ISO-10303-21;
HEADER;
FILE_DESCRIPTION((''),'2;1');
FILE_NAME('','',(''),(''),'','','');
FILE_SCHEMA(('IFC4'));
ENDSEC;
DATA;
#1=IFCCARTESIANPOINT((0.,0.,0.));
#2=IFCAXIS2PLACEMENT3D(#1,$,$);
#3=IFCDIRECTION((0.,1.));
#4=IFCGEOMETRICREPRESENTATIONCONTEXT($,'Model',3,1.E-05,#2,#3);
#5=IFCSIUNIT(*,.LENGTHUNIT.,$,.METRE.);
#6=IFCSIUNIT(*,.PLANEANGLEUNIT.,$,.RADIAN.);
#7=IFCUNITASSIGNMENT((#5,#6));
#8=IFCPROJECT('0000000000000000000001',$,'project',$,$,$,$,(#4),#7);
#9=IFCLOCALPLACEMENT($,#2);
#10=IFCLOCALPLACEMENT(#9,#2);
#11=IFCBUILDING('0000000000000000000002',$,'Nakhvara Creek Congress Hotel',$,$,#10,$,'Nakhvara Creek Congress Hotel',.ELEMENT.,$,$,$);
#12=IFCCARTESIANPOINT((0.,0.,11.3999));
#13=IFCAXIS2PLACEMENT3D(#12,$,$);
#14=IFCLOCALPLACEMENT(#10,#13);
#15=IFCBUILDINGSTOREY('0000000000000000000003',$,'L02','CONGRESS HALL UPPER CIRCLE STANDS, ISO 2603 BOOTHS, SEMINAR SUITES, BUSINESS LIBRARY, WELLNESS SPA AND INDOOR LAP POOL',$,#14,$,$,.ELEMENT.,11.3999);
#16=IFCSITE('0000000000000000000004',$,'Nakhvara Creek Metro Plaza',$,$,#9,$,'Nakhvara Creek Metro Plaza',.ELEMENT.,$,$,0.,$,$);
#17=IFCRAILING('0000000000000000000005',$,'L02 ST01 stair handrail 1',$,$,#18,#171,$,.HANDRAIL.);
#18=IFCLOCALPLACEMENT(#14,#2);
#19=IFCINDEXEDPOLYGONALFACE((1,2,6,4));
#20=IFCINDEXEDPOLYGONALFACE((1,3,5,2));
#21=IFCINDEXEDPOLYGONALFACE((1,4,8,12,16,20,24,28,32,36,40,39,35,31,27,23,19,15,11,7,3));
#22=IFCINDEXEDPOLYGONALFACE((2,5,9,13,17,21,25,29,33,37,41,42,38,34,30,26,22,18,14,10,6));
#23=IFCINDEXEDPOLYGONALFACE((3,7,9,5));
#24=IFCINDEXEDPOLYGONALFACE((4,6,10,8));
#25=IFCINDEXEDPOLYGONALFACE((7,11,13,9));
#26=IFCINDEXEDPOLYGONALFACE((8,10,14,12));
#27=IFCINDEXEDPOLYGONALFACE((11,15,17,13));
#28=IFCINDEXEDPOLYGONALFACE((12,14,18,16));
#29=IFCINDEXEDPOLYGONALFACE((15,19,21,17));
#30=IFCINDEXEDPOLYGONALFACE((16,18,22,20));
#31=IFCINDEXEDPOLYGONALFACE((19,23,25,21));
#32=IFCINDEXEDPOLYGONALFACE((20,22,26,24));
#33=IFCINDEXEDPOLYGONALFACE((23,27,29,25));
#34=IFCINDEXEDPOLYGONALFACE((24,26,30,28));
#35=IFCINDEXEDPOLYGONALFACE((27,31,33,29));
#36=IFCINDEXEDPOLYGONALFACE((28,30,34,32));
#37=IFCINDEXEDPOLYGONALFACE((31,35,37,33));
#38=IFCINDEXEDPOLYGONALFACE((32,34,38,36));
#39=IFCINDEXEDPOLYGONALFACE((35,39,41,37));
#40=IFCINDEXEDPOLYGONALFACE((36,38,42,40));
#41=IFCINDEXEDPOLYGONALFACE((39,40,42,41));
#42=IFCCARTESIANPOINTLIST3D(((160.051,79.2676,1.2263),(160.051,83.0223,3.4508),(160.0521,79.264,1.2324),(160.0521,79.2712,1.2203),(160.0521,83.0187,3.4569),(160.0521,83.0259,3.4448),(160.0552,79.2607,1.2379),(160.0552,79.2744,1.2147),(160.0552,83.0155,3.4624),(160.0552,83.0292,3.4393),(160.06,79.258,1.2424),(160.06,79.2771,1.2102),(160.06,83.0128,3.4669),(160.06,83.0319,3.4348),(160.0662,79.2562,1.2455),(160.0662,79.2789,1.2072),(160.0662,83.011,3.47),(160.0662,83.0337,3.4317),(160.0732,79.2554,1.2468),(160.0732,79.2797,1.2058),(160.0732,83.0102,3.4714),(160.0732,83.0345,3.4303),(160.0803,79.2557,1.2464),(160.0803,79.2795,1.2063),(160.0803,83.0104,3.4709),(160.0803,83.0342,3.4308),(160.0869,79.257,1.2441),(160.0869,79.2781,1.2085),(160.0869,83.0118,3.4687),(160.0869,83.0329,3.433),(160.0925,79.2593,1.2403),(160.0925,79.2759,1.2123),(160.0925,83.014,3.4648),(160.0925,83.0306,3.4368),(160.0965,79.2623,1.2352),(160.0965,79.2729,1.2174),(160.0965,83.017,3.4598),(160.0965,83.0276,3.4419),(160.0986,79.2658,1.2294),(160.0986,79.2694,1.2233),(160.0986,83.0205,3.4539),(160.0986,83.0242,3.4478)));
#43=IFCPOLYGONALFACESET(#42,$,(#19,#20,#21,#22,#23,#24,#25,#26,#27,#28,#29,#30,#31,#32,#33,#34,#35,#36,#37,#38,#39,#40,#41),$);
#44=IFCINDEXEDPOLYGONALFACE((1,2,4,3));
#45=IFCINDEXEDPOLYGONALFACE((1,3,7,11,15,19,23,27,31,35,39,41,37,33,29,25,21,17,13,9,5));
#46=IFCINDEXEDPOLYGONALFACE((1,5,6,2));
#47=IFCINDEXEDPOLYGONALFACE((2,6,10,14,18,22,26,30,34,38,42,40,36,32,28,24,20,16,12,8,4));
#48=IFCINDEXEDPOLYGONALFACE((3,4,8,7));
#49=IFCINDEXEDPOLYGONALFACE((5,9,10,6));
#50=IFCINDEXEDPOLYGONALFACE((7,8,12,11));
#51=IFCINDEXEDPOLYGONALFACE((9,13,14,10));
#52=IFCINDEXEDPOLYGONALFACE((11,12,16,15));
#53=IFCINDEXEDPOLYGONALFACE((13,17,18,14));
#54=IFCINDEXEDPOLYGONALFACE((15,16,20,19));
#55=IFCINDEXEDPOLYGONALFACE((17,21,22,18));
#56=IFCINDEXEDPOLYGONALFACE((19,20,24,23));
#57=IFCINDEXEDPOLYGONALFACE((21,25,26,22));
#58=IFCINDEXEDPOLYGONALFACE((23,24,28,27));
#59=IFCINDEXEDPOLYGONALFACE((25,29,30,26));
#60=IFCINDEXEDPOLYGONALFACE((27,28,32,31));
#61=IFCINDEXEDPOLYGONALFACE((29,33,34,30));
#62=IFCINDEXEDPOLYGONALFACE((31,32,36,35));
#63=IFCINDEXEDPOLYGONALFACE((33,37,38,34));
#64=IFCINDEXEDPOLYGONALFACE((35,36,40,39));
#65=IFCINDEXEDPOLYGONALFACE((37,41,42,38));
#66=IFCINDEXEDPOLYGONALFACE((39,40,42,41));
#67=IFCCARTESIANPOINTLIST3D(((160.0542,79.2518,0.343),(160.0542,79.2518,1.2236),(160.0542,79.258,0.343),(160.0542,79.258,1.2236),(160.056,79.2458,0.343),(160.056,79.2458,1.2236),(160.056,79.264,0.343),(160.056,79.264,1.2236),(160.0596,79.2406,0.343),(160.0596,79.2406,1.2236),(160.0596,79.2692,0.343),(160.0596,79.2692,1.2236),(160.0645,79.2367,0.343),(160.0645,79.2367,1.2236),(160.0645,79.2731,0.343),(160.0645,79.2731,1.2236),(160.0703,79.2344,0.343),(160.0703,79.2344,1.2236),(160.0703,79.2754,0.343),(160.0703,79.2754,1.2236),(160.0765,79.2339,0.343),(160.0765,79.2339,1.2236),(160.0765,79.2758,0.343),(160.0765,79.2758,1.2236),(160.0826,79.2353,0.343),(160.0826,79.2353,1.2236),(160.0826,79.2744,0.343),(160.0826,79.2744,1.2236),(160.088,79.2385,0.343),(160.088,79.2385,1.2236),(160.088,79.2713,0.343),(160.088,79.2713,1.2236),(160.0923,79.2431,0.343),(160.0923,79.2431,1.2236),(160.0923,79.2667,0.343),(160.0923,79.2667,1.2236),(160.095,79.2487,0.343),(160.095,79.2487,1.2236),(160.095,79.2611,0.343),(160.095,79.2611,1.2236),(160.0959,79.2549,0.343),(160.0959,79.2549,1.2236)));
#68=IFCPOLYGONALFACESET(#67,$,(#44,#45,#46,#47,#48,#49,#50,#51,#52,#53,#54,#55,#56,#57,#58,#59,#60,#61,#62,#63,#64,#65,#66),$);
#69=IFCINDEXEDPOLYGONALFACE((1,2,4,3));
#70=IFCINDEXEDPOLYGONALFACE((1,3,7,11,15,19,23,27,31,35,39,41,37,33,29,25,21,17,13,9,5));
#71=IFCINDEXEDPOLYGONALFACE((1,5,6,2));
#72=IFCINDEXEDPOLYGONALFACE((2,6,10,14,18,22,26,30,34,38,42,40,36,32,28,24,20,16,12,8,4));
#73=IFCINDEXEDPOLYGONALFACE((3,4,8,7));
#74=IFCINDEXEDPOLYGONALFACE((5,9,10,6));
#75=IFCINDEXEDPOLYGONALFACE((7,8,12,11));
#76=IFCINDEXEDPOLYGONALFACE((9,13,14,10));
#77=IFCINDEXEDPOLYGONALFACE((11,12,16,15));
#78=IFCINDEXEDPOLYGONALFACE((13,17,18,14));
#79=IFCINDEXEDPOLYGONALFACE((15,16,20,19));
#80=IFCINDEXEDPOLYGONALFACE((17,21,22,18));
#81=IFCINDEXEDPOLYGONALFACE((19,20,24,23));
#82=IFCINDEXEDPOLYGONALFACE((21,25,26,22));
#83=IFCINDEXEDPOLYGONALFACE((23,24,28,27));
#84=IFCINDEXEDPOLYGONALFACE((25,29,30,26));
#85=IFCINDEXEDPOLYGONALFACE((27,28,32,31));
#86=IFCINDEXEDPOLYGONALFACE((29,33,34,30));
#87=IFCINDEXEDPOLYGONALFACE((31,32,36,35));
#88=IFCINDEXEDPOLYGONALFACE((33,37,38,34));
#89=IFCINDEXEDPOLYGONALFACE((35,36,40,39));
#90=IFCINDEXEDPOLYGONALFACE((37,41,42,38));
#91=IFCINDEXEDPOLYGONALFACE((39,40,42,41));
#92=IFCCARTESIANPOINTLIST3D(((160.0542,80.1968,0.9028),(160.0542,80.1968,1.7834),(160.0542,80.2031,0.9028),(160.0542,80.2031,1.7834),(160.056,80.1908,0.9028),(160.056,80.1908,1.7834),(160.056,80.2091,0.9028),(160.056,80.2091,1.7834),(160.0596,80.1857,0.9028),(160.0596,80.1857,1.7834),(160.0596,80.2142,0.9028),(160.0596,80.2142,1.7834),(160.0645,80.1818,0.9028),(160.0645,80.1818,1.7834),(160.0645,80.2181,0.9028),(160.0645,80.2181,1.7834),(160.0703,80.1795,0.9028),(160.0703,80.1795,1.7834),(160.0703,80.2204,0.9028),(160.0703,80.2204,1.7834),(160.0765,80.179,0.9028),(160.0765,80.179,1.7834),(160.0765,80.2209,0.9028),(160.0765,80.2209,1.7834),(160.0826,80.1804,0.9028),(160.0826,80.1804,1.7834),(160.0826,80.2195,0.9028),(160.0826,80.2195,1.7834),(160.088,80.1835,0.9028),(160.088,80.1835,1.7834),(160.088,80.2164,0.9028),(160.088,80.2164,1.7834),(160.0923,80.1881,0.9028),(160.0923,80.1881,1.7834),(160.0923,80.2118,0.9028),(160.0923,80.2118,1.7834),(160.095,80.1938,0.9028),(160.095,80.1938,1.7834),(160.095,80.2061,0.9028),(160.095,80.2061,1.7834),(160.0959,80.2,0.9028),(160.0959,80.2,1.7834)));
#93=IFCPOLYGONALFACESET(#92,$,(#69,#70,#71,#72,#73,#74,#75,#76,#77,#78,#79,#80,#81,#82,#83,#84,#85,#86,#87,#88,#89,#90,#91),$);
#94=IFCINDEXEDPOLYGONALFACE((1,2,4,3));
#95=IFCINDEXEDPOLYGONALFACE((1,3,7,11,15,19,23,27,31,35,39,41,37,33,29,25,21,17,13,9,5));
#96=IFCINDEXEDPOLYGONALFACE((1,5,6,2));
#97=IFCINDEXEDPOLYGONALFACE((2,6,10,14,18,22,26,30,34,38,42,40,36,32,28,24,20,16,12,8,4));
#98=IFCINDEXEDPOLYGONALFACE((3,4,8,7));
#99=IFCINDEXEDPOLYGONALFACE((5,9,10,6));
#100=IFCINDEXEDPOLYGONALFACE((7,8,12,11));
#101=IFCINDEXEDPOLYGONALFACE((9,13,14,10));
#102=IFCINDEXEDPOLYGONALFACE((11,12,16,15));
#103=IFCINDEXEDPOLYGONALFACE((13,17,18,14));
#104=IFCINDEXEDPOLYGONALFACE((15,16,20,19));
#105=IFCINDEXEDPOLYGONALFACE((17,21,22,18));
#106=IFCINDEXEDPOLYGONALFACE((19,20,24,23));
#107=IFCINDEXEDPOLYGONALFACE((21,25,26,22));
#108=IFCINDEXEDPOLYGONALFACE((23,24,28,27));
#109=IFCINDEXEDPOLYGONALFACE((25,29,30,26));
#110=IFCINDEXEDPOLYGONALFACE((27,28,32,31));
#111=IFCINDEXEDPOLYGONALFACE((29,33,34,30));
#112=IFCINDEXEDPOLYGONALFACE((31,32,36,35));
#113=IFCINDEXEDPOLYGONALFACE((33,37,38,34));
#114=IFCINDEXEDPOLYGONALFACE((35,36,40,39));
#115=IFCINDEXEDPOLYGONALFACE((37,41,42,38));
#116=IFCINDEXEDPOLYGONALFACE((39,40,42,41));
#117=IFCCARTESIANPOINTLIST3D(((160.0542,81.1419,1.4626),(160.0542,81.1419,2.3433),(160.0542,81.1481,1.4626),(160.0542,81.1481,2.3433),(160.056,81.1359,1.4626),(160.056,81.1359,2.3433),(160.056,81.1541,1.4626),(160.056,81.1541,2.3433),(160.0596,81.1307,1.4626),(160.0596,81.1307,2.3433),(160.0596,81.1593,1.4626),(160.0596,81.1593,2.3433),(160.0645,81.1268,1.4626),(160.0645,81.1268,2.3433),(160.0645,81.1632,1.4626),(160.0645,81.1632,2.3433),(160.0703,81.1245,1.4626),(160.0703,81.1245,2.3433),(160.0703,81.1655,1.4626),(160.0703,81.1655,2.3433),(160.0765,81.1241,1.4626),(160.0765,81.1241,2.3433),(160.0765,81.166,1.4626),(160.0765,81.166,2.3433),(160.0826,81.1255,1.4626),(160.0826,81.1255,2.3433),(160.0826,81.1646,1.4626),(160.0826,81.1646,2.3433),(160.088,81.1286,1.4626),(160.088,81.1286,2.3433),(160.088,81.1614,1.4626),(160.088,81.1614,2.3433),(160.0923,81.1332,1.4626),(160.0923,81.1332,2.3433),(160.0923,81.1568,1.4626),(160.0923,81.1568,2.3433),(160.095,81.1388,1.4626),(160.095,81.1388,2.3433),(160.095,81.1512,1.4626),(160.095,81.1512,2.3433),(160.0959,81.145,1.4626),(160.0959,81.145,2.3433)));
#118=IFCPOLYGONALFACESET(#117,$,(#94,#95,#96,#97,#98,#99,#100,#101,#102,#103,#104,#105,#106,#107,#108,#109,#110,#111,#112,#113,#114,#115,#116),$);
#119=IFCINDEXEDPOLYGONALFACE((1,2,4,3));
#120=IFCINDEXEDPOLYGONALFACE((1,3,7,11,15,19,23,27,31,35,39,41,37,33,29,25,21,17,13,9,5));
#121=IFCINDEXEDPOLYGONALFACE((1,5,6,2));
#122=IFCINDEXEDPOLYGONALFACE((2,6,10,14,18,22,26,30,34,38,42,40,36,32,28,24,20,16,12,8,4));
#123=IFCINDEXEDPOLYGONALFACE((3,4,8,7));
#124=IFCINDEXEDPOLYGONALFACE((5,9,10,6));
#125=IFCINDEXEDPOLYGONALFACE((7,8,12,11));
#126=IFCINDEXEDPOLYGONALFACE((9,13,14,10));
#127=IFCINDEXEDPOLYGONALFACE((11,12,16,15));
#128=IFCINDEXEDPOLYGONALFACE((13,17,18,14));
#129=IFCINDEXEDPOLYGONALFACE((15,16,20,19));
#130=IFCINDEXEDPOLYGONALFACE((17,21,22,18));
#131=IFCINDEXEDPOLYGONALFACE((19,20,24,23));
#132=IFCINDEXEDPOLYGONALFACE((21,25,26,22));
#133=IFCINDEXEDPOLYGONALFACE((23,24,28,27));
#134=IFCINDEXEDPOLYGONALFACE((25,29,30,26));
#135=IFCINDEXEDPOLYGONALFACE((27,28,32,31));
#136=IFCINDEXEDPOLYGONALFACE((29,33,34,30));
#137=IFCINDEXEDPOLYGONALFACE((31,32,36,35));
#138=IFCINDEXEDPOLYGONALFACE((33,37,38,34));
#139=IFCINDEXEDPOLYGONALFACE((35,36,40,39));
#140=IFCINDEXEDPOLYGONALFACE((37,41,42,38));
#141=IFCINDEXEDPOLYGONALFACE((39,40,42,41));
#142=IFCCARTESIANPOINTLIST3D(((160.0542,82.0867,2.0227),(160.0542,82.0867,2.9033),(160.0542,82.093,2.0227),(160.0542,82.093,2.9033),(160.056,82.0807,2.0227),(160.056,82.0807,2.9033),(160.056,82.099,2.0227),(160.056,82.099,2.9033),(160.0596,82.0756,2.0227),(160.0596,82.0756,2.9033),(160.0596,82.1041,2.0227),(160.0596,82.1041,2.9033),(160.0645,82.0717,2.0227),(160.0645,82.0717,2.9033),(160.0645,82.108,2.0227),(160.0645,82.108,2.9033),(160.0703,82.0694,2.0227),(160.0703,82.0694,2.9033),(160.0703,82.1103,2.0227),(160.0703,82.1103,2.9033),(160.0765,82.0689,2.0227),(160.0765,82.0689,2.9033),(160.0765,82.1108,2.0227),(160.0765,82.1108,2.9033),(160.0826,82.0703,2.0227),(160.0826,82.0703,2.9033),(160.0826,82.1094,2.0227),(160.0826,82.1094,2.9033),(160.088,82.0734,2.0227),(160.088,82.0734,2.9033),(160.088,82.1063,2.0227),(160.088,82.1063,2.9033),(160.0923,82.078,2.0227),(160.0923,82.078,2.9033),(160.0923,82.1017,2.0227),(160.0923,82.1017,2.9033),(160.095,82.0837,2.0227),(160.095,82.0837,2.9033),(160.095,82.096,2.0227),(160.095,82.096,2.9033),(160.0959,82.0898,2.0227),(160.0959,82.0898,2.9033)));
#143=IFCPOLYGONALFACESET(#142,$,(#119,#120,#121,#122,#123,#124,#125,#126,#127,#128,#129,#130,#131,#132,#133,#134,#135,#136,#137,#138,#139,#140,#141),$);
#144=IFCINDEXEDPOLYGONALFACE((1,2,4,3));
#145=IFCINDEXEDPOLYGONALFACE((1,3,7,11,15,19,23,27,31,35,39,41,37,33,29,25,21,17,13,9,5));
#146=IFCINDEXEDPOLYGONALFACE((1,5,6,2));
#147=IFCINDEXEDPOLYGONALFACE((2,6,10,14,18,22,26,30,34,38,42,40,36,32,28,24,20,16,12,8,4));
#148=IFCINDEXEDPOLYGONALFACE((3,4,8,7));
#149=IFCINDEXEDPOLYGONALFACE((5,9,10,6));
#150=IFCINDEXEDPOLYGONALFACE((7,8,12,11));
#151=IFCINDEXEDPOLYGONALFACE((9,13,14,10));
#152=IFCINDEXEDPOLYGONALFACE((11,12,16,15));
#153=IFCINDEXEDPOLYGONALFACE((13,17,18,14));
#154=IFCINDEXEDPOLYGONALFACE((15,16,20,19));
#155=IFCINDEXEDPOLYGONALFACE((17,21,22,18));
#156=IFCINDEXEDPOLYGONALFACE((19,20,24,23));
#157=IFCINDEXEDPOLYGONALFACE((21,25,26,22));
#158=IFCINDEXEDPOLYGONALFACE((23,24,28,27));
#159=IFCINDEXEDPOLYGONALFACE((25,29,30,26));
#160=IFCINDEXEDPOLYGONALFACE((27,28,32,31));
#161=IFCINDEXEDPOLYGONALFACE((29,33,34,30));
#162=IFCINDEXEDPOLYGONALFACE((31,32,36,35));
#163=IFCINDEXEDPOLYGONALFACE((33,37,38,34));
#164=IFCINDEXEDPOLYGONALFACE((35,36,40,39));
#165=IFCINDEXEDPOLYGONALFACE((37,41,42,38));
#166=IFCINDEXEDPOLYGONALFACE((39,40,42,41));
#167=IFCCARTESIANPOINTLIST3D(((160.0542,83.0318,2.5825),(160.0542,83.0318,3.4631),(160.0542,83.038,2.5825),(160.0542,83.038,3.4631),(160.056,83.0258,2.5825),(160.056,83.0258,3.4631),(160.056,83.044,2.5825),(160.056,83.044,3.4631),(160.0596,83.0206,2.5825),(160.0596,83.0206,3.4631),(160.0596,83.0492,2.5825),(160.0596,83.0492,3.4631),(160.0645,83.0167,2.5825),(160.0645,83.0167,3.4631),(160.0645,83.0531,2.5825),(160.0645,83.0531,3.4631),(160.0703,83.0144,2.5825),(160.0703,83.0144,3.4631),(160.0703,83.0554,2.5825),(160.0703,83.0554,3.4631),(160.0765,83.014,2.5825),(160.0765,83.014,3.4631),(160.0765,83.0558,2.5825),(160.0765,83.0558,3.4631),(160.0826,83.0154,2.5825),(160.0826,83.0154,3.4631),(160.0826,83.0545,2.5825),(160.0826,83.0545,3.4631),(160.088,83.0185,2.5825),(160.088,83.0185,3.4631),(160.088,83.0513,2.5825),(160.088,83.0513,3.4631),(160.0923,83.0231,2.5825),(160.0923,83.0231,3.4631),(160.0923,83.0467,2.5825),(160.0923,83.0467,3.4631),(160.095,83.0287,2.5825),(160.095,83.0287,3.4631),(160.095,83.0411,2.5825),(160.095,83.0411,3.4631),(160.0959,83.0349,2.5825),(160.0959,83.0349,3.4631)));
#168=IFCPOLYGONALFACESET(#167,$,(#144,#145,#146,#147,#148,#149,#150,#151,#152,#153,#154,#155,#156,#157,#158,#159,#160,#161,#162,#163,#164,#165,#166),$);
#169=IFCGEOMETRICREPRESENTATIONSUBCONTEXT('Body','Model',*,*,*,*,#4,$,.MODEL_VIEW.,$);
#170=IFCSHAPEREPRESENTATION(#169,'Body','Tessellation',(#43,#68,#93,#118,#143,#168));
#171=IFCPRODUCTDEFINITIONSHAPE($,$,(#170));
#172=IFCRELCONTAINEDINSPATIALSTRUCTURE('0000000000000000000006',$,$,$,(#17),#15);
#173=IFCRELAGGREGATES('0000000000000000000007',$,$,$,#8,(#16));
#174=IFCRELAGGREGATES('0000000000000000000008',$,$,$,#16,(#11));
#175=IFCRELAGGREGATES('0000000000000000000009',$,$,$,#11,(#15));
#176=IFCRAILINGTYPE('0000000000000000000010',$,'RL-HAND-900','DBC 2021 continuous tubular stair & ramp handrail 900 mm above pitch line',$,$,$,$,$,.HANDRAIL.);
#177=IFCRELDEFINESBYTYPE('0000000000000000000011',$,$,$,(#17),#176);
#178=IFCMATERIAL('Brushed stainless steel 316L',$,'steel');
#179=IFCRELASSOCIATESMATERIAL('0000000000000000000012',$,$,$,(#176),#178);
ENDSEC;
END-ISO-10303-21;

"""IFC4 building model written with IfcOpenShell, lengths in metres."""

from ifc_helpers import new_model, si_unit, direction, frame, origin, origin_2d, place, context, subcontext, project, spatial, circle, extrude, material, type_object, element, save


model = new_model("IFC4")

# Units and contexts
model_context = context("Model", 3, precision=1e-05, world=origin(), true_north=direction((0.0, 1.0)))
body_context = subcontext(model_context, "Body", "Model", "MODEL_VIEW")
ifc_project = project(units=[si_unit("LENGTHUNIT", "METRE"), si_unit("PLANEANGLEUNIT", "RADIAN")], contexts=[model_context])

# Site, building, storey
site_placement = place(None, origin())
site = spatial("IfcSite", under=ifc_project, at=site_placement, Name="Nakhvara Creek Metro Plaza", LongName="Nakhvara Creek Metro Plaza", CompositionType="ELEMENT", RefElevation=0.0)
building_placement = place(site_placement, origin())
building = spatial("IfcBuilding", under=site, at=building_placement, Name="Nakhvara Creek Congress Hotel", LongName="Nakhvara Creek Congress Hotel", CompositionType="ELEMENT")
storey_placement = place(building_placement, frame((0.0, 0.0, 11.3999)))
storey = spatial("IfcBuildingStorey", under=building, at=storey_placement, Name="L02", Description="CONGRESS HALL UPPER CIRCLE STANDS, ISO 2603 BOOTHS, SEMINAR SUITES, BUSINESS LIBRARY, WELLNESS SPA AND INDOOR LAP POOL", CompositionType="ELEMENT", Elevation=11.3999)

# Railing
ifc_material_1 = material(Name="Brushed stainless steel 316L", Category="steel")
railing_type_1 = type_object("IfcRailingType", Name="RL-HAND-900", Description="DBC 2021 continuous tubular stair & ramp handrail 900 mm above pitch line", PredefinedType="HANDRAIL", material=ifc_material_1)
railing_1_placement = place(storey_placement, frame((160.075, 79.2549, 0.343)))
element("IfcRailing", 1, at=railing_1_placement, inside=storey, type_object=railing_type_1, Name="L02 ST01 stair handrail 1", PredefinedType="HANDRAIL", context=body_context, shape_type="SweptSolid", body=[
    extrude(circle(Radius=0.0239, at=origin_2d()), frame((0.0, 0.0127, 0.8833), z_axis=(0.0, 0.860343, 0.509716), x_axis=(-1.0, 0.0, 0.0)), (0.0, 0.0, 1.0), 4.3643),
    extrude(circle(Radius=0.021, at=origin_2d()), origin(), (0.0, 0.0, 1.0), 0.8806),
    extrude(circle(Radius=0.021, at=origin_2d()), frame((0.0, 0.9451, 0.5598)), (0.0, 0.0, 1.0), 0.8806),
    extrude(circle(Radius=0.021, at=origin_2d()), frame((0.0, 1.8901, 1.1196)), (0.0, 0.0, 1.0), 0.8806),
    extrude(circle(Radius=0.021, at=origin_2d()), frame((0.0, 2.835, 1.6797)), (0.0, 0.0, 1.0), 0.8806),
    extrude(circle(Radius=0.021, at=origin_2d()), frame((0.0, 3.78, 2.2395)), (0.0, 0.0, 1.0), 0.8806),
])

save(model, "model.ifc")
